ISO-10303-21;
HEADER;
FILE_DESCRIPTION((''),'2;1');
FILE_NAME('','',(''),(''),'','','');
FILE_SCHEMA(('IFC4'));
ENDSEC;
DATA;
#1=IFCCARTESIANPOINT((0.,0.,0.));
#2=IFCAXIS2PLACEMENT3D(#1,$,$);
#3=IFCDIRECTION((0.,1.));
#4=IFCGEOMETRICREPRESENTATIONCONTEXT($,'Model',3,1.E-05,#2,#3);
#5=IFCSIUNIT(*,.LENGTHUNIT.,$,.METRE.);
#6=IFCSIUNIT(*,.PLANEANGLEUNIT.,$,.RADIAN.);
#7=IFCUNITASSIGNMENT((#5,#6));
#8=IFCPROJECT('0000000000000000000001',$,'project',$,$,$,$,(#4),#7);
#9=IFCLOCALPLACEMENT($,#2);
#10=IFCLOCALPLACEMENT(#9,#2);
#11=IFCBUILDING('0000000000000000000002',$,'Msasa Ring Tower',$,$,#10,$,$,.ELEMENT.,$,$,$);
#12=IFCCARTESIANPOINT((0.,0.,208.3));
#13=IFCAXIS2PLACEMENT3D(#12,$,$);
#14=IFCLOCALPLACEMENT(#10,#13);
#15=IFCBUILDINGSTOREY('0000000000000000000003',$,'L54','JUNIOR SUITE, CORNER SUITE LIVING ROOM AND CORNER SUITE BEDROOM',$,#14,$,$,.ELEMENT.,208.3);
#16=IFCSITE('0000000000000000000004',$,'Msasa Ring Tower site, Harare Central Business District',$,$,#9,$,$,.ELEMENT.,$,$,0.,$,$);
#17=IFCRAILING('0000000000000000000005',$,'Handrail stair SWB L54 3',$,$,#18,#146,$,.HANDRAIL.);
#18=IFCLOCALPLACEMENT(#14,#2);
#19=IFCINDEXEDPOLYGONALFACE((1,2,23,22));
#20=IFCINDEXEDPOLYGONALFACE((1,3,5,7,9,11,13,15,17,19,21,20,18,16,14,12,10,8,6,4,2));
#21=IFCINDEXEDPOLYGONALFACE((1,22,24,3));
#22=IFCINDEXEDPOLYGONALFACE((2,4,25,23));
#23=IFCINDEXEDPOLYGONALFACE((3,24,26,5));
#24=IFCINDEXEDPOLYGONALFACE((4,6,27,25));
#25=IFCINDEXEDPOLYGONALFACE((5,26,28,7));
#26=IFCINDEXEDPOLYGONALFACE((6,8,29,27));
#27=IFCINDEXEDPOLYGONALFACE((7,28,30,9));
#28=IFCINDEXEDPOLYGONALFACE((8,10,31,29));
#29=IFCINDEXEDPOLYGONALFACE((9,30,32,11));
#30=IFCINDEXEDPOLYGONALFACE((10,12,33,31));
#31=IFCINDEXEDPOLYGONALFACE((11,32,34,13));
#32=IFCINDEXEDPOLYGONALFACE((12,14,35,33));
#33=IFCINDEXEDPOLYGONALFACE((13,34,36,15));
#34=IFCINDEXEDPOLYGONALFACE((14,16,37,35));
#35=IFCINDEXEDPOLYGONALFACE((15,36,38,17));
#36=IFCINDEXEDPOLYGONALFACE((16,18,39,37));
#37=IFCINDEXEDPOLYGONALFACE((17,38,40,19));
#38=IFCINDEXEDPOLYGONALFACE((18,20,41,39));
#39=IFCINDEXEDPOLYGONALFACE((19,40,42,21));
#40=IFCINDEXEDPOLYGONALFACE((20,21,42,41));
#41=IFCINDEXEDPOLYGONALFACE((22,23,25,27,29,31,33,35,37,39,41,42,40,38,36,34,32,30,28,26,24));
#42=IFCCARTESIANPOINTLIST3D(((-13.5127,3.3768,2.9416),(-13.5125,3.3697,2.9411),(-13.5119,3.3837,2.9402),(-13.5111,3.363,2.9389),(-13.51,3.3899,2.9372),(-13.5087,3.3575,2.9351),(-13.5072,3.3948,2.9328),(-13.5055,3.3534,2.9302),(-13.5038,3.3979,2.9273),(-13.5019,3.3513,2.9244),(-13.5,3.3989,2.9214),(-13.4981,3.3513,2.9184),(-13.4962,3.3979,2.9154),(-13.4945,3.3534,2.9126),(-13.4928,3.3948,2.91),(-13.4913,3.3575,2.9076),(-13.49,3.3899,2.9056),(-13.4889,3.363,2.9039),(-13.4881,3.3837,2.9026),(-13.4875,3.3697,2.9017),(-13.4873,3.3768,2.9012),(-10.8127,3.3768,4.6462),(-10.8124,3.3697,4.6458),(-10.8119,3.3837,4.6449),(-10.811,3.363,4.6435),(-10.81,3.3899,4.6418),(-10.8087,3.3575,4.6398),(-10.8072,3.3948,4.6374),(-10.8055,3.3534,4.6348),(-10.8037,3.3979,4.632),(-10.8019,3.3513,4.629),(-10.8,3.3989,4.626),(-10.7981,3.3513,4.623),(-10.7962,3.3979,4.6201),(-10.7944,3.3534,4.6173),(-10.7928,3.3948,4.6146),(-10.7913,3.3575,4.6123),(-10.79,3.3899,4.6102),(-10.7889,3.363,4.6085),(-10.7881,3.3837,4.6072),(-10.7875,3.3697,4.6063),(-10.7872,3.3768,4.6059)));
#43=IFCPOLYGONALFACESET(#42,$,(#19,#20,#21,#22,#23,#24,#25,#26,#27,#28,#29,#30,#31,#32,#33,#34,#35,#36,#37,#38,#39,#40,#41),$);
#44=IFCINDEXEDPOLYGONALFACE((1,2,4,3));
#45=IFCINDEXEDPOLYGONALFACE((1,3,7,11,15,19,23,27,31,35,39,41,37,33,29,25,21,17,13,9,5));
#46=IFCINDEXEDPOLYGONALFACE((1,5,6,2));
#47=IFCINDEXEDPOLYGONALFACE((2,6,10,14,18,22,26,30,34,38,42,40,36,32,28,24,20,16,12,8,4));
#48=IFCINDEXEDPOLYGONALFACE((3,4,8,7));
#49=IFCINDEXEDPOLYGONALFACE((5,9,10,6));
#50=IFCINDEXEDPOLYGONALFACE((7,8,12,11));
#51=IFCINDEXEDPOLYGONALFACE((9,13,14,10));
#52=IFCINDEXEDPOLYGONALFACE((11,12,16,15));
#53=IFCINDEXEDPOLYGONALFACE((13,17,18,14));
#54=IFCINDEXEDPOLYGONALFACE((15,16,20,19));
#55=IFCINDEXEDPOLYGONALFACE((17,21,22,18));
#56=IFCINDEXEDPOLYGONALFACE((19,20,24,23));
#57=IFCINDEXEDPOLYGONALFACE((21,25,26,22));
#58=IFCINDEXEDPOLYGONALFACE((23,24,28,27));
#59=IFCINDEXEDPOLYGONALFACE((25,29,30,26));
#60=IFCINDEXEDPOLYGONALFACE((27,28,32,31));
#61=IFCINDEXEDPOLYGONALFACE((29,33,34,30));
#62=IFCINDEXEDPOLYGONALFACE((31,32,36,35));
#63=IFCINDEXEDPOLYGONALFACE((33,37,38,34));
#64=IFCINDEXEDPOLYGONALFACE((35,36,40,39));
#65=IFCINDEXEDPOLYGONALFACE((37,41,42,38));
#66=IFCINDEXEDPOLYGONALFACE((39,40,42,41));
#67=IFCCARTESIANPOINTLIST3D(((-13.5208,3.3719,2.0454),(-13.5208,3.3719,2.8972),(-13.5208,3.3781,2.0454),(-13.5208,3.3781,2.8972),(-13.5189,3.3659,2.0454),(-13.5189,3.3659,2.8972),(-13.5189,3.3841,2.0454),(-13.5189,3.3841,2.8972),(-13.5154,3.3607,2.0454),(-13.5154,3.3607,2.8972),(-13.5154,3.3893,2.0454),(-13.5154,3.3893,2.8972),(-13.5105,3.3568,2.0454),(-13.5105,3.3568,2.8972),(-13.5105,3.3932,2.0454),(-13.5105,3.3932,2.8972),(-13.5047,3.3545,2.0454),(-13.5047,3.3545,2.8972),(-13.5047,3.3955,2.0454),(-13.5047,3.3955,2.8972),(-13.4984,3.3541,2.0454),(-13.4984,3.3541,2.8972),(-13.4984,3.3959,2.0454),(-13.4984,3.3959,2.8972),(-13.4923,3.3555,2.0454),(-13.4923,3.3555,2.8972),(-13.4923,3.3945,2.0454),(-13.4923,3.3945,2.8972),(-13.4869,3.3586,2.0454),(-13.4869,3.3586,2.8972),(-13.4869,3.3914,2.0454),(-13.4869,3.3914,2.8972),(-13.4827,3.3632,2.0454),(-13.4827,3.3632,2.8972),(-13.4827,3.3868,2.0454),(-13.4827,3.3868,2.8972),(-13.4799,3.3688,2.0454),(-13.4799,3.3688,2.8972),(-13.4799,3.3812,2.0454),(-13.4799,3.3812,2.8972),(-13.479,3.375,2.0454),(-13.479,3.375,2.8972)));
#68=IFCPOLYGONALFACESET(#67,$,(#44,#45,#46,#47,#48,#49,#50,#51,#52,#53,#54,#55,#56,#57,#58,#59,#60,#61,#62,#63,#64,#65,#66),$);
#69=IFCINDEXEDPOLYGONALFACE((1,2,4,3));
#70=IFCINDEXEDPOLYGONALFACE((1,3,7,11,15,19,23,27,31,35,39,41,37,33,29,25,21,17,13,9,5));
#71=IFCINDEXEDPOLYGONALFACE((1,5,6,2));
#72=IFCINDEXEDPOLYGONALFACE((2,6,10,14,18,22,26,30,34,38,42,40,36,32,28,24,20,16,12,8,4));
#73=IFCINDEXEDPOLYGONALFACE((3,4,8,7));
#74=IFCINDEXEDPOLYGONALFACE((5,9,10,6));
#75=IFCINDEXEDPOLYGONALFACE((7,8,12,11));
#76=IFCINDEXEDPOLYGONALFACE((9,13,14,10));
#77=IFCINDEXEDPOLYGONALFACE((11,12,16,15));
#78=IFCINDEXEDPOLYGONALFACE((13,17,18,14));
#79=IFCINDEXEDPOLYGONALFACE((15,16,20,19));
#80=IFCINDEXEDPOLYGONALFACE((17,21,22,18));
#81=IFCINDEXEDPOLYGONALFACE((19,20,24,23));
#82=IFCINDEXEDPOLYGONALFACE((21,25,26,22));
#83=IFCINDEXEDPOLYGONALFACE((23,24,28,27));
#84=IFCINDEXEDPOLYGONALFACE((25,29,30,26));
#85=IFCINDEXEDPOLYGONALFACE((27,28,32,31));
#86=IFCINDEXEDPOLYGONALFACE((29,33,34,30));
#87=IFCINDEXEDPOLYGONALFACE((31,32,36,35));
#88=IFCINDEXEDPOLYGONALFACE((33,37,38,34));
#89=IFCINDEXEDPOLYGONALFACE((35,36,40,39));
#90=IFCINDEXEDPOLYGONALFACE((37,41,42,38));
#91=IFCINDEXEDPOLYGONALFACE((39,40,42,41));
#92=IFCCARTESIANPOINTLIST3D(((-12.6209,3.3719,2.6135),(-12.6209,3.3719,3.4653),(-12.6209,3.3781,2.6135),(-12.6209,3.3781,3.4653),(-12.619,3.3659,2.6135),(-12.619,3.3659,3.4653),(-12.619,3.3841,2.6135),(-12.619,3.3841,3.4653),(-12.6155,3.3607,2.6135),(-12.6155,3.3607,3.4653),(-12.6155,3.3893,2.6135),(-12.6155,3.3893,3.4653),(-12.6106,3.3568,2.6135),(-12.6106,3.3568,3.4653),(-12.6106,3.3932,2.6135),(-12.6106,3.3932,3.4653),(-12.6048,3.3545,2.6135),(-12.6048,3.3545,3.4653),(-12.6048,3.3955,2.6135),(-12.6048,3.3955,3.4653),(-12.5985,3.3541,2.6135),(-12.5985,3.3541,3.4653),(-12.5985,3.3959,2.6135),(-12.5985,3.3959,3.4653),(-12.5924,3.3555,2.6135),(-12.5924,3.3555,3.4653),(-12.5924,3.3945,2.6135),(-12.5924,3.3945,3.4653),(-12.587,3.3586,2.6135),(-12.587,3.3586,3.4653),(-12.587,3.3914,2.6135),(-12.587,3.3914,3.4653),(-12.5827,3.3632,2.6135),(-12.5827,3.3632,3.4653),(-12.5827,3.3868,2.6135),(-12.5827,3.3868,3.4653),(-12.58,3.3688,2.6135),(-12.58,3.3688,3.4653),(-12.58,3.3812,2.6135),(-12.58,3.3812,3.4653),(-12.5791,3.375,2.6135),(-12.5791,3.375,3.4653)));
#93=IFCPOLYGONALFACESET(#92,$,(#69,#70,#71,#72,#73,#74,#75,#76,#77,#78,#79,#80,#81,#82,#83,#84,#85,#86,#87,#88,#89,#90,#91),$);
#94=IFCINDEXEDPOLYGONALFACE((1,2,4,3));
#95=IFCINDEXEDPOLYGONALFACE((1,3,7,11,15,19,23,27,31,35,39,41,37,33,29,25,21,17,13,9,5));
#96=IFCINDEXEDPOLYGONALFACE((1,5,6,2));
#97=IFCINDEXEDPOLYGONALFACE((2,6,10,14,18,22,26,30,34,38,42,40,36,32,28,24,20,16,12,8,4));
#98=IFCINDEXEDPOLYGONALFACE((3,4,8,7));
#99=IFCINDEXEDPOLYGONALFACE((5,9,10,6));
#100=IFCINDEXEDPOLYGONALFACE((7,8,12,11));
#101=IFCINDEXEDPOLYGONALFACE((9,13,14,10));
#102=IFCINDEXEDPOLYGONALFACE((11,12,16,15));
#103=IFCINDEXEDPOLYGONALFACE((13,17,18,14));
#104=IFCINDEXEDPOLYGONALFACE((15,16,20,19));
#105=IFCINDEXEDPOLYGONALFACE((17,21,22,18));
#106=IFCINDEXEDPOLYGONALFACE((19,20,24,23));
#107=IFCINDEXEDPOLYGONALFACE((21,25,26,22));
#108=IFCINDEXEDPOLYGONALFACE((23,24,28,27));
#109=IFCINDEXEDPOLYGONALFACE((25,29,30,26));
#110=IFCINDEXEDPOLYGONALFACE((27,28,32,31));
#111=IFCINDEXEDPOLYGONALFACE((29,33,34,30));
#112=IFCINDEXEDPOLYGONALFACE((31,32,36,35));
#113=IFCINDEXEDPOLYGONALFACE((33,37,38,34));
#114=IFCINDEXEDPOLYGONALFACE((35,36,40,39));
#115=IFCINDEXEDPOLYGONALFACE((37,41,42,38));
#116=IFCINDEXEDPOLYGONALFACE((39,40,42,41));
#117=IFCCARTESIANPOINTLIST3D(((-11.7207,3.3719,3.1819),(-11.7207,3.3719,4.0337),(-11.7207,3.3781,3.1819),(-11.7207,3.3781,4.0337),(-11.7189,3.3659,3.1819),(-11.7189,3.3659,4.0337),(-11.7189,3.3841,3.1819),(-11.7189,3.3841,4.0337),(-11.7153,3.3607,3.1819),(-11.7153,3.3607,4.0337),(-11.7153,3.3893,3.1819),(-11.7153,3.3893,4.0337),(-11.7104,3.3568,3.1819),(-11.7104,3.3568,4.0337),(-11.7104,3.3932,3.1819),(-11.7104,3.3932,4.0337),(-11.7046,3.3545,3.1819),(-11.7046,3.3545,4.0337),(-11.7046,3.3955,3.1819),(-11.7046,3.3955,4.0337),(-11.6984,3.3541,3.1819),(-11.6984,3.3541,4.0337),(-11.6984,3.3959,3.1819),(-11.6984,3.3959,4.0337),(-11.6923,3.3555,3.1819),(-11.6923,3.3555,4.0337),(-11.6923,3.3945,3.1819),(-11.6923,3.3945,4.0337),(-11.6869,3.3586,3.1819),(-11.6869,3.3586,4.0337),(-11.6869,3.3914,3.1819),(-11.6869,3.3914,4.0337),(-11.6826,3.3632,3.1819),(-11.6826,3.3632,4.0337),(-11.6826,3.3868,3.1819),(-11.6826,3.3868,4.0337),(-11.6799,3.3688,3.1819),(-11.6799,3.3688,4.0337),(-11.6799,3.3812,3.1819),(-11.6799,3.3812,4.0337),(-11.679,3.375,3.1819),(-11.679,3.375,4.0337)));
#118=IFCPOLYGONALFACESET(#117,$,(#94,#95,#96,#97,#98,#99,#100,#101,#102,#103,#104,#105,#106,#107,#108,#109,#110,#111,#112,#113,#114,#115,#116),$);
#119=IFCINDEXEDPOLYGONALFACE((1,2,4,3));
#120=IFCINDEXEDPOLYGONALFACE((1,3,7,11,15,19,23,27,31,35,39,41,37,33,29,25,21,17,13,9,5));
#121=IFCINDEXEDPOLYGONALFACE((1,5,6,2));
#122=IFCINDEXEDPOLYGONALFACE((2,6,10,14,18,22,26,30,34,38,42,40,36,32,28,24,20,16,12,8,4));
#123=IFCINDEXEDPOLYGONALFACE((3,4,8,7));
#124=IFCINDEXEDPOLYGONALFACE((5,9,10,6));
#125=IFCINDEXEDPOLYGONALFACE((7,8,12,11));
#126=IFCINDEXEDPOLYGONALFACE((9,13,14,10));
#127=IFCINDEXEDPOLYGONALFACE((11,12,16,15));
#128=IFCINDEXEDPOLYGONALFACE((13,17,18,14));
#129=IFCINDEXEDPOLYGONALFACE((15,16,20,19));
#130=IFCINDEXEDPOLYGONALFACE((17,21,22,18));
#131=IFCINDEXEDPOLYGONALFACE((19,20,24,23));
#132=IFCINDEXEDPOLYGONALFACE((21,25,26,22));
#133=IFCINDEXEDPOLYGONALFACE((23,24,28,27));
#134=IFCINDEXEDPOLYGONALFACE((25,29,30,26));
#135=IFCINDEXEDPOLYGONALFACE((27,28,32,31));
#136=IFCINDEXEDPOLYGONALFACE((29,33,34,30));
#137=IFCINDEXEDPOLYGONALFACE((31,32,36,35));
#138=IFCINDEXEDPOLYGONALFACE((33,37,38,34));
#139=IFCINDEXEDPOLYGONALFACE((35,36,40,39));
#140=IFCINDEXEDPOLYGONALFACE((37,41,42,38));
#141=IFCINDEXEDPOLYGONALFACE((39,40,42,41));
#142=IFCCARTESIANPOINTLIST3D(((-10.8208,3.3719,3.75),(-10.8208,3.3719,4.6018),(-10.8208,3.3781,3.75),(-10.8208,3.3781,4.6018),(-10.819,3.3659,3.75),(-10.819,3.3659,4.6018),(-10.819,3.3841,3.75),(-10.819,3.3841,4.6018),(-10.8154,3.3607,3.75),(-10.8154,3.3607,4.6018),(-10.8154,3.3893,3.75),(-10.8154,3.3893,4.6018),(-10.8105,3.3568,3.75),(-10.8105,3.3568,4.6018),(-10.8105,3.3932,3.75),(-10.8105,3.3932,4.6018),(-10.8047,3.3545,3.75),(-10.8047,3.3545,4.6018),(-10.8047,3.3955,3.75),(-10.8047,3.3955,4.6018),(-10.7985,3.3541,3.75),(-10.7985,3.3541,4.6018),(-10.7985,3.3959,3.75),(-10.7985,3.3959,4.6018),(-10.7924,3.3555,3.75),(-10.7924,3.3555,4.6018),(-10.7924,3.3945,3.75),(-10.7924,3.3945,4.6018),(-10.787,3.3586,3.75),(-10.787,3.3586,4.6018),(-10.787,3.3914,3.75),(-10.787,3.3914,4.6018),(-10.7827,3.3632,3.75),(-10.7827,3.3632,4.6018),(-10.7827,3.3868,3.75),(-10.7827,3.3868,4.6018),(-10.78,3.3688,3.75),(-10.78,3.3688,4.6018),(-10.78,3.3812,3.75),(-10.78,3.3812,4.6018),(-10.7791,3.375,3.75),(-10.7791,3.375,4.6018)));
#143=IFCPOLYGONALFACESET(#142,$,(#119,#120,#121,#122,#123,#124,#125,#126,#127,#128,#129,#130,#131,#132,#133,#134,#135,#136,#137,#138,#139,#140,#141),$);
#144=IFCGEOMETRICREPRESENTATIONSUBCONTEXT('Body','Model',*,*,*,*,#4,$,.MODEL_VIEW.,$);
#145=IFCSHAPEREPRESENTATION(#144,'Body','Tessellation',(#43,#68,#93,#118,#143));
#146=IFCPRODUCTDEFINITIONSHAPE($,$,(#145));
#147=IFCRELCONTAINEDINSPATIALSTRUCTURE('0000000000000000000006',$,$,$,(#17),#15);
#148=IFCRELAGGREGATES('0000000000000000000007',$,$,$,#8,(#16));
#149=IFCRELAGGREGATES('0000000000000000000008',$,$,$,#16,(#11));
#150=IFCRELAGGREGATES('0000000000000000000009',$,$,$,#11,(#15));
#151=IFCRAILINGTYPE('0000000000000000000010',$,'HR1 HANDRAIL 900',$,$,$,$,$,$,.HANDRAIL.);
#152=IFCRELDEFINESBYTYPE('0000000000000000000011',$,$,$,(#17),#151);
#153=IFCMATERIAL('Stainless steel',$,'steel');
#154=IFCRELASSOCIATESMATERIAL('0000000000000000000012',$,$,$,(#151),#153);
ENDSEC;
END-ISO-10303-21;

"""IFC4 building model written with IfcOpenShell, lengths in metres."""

from ifc_helpers import new_model, si_unit, direction, frame, origin, origin_2d, place, context, subcontext, project, spatial, circle, extrude, material, type_object, element, save


model = new_model("IFC4")

# Units and contexts
model_context = context("Model", 3, precision=1e-05, world=origin(), true_north=direction((0.0, 1.0)))
body_context = subcontext(model_context, "Body", "Model", "MODEL_VIEW")
ifc_project = project(units=[si_unit("LENGTHUNIT", "METRE"), si_unit("PLANEANGLEUNIT", "RADIAN")], contexts=[model_context])

# Site, building, storey
site_placement = place(None, origin())
site = spatial("IfcSite", under=ifc_project, at=site_placement, Name="Msasa Ring Tower site, Harare Central Business District", CompositionType="ELEMENT", RefElevation=0.0)
building_placement = place(site_placement, origin())
building = spatial("IfcBuilding", under=site, at=building_placement, Name="Msasa Ring Tower", CompositionType="ELEMENT")
storey_placement = place(building_placement, frame((0.0, 0.0, 208.3)))
storey = spatial("IfcBuildingStorey", under=building, at=storey_placement, Name="L54", Description="JUNIOR SUITE, CORNER SUITE LIVING ROOM AND CORNER SUITE BEDROOM", CompositionType="ELEMENT", Elevation=208.3)

# Railing
ifc_material_1 = material(Name="Stainless steel", Category="steel")
railing_type = type_object("IfcRailingType", Name="HR1 HANDRAIL 900", PredefinedType="HANDRAIL", material=ifc_material_1)
for number, where, name in (
    (1, (-13.5, 3.375, 2.0454), "Handrail stair SWB L54 3"),
):
    element("IfcRailing", number, at=place(storey_placement, frame(where)), inside=storey, type_object=railing_type, Name=name, PredefinedType="HANDRAIL", context=body_context, shape_type="SweptSolid", body=[
        extrude(circle(Radius=0.0239, at=origin_2d()), frame((0.0, 0.0, 0.876), z_axis=(0.84558, 0.0, 0.533849), x_axis=(0.0, 1.0, 0.0)), (0.0, 0.0, 1.0), 3.1931),
        extrude(circle(Radius=0.021, at=origin_2d()), origin(), (0.0, 0.0, 1.0), 0.8518),
        extrude(circle(Radius=0.021, at=origin_2d()), frame((0.8999, 0.0, 0.5681)), (0.0, 0.0, 1.0), 0.8518),
        extrude(circle(Radius=0.021, at=origin_2d()), frame((1.8, 0.0, 1.1365)), (0.0, 0.0, 1.0), 0.8518),
        extrude(circle(Radius=0.021, at=origin_2d()), frame((2.7, 0.0, 1.7046)), (0.0, 0.0, 1.0), 0.8518),
    ])

save(model, "model.ifc")
